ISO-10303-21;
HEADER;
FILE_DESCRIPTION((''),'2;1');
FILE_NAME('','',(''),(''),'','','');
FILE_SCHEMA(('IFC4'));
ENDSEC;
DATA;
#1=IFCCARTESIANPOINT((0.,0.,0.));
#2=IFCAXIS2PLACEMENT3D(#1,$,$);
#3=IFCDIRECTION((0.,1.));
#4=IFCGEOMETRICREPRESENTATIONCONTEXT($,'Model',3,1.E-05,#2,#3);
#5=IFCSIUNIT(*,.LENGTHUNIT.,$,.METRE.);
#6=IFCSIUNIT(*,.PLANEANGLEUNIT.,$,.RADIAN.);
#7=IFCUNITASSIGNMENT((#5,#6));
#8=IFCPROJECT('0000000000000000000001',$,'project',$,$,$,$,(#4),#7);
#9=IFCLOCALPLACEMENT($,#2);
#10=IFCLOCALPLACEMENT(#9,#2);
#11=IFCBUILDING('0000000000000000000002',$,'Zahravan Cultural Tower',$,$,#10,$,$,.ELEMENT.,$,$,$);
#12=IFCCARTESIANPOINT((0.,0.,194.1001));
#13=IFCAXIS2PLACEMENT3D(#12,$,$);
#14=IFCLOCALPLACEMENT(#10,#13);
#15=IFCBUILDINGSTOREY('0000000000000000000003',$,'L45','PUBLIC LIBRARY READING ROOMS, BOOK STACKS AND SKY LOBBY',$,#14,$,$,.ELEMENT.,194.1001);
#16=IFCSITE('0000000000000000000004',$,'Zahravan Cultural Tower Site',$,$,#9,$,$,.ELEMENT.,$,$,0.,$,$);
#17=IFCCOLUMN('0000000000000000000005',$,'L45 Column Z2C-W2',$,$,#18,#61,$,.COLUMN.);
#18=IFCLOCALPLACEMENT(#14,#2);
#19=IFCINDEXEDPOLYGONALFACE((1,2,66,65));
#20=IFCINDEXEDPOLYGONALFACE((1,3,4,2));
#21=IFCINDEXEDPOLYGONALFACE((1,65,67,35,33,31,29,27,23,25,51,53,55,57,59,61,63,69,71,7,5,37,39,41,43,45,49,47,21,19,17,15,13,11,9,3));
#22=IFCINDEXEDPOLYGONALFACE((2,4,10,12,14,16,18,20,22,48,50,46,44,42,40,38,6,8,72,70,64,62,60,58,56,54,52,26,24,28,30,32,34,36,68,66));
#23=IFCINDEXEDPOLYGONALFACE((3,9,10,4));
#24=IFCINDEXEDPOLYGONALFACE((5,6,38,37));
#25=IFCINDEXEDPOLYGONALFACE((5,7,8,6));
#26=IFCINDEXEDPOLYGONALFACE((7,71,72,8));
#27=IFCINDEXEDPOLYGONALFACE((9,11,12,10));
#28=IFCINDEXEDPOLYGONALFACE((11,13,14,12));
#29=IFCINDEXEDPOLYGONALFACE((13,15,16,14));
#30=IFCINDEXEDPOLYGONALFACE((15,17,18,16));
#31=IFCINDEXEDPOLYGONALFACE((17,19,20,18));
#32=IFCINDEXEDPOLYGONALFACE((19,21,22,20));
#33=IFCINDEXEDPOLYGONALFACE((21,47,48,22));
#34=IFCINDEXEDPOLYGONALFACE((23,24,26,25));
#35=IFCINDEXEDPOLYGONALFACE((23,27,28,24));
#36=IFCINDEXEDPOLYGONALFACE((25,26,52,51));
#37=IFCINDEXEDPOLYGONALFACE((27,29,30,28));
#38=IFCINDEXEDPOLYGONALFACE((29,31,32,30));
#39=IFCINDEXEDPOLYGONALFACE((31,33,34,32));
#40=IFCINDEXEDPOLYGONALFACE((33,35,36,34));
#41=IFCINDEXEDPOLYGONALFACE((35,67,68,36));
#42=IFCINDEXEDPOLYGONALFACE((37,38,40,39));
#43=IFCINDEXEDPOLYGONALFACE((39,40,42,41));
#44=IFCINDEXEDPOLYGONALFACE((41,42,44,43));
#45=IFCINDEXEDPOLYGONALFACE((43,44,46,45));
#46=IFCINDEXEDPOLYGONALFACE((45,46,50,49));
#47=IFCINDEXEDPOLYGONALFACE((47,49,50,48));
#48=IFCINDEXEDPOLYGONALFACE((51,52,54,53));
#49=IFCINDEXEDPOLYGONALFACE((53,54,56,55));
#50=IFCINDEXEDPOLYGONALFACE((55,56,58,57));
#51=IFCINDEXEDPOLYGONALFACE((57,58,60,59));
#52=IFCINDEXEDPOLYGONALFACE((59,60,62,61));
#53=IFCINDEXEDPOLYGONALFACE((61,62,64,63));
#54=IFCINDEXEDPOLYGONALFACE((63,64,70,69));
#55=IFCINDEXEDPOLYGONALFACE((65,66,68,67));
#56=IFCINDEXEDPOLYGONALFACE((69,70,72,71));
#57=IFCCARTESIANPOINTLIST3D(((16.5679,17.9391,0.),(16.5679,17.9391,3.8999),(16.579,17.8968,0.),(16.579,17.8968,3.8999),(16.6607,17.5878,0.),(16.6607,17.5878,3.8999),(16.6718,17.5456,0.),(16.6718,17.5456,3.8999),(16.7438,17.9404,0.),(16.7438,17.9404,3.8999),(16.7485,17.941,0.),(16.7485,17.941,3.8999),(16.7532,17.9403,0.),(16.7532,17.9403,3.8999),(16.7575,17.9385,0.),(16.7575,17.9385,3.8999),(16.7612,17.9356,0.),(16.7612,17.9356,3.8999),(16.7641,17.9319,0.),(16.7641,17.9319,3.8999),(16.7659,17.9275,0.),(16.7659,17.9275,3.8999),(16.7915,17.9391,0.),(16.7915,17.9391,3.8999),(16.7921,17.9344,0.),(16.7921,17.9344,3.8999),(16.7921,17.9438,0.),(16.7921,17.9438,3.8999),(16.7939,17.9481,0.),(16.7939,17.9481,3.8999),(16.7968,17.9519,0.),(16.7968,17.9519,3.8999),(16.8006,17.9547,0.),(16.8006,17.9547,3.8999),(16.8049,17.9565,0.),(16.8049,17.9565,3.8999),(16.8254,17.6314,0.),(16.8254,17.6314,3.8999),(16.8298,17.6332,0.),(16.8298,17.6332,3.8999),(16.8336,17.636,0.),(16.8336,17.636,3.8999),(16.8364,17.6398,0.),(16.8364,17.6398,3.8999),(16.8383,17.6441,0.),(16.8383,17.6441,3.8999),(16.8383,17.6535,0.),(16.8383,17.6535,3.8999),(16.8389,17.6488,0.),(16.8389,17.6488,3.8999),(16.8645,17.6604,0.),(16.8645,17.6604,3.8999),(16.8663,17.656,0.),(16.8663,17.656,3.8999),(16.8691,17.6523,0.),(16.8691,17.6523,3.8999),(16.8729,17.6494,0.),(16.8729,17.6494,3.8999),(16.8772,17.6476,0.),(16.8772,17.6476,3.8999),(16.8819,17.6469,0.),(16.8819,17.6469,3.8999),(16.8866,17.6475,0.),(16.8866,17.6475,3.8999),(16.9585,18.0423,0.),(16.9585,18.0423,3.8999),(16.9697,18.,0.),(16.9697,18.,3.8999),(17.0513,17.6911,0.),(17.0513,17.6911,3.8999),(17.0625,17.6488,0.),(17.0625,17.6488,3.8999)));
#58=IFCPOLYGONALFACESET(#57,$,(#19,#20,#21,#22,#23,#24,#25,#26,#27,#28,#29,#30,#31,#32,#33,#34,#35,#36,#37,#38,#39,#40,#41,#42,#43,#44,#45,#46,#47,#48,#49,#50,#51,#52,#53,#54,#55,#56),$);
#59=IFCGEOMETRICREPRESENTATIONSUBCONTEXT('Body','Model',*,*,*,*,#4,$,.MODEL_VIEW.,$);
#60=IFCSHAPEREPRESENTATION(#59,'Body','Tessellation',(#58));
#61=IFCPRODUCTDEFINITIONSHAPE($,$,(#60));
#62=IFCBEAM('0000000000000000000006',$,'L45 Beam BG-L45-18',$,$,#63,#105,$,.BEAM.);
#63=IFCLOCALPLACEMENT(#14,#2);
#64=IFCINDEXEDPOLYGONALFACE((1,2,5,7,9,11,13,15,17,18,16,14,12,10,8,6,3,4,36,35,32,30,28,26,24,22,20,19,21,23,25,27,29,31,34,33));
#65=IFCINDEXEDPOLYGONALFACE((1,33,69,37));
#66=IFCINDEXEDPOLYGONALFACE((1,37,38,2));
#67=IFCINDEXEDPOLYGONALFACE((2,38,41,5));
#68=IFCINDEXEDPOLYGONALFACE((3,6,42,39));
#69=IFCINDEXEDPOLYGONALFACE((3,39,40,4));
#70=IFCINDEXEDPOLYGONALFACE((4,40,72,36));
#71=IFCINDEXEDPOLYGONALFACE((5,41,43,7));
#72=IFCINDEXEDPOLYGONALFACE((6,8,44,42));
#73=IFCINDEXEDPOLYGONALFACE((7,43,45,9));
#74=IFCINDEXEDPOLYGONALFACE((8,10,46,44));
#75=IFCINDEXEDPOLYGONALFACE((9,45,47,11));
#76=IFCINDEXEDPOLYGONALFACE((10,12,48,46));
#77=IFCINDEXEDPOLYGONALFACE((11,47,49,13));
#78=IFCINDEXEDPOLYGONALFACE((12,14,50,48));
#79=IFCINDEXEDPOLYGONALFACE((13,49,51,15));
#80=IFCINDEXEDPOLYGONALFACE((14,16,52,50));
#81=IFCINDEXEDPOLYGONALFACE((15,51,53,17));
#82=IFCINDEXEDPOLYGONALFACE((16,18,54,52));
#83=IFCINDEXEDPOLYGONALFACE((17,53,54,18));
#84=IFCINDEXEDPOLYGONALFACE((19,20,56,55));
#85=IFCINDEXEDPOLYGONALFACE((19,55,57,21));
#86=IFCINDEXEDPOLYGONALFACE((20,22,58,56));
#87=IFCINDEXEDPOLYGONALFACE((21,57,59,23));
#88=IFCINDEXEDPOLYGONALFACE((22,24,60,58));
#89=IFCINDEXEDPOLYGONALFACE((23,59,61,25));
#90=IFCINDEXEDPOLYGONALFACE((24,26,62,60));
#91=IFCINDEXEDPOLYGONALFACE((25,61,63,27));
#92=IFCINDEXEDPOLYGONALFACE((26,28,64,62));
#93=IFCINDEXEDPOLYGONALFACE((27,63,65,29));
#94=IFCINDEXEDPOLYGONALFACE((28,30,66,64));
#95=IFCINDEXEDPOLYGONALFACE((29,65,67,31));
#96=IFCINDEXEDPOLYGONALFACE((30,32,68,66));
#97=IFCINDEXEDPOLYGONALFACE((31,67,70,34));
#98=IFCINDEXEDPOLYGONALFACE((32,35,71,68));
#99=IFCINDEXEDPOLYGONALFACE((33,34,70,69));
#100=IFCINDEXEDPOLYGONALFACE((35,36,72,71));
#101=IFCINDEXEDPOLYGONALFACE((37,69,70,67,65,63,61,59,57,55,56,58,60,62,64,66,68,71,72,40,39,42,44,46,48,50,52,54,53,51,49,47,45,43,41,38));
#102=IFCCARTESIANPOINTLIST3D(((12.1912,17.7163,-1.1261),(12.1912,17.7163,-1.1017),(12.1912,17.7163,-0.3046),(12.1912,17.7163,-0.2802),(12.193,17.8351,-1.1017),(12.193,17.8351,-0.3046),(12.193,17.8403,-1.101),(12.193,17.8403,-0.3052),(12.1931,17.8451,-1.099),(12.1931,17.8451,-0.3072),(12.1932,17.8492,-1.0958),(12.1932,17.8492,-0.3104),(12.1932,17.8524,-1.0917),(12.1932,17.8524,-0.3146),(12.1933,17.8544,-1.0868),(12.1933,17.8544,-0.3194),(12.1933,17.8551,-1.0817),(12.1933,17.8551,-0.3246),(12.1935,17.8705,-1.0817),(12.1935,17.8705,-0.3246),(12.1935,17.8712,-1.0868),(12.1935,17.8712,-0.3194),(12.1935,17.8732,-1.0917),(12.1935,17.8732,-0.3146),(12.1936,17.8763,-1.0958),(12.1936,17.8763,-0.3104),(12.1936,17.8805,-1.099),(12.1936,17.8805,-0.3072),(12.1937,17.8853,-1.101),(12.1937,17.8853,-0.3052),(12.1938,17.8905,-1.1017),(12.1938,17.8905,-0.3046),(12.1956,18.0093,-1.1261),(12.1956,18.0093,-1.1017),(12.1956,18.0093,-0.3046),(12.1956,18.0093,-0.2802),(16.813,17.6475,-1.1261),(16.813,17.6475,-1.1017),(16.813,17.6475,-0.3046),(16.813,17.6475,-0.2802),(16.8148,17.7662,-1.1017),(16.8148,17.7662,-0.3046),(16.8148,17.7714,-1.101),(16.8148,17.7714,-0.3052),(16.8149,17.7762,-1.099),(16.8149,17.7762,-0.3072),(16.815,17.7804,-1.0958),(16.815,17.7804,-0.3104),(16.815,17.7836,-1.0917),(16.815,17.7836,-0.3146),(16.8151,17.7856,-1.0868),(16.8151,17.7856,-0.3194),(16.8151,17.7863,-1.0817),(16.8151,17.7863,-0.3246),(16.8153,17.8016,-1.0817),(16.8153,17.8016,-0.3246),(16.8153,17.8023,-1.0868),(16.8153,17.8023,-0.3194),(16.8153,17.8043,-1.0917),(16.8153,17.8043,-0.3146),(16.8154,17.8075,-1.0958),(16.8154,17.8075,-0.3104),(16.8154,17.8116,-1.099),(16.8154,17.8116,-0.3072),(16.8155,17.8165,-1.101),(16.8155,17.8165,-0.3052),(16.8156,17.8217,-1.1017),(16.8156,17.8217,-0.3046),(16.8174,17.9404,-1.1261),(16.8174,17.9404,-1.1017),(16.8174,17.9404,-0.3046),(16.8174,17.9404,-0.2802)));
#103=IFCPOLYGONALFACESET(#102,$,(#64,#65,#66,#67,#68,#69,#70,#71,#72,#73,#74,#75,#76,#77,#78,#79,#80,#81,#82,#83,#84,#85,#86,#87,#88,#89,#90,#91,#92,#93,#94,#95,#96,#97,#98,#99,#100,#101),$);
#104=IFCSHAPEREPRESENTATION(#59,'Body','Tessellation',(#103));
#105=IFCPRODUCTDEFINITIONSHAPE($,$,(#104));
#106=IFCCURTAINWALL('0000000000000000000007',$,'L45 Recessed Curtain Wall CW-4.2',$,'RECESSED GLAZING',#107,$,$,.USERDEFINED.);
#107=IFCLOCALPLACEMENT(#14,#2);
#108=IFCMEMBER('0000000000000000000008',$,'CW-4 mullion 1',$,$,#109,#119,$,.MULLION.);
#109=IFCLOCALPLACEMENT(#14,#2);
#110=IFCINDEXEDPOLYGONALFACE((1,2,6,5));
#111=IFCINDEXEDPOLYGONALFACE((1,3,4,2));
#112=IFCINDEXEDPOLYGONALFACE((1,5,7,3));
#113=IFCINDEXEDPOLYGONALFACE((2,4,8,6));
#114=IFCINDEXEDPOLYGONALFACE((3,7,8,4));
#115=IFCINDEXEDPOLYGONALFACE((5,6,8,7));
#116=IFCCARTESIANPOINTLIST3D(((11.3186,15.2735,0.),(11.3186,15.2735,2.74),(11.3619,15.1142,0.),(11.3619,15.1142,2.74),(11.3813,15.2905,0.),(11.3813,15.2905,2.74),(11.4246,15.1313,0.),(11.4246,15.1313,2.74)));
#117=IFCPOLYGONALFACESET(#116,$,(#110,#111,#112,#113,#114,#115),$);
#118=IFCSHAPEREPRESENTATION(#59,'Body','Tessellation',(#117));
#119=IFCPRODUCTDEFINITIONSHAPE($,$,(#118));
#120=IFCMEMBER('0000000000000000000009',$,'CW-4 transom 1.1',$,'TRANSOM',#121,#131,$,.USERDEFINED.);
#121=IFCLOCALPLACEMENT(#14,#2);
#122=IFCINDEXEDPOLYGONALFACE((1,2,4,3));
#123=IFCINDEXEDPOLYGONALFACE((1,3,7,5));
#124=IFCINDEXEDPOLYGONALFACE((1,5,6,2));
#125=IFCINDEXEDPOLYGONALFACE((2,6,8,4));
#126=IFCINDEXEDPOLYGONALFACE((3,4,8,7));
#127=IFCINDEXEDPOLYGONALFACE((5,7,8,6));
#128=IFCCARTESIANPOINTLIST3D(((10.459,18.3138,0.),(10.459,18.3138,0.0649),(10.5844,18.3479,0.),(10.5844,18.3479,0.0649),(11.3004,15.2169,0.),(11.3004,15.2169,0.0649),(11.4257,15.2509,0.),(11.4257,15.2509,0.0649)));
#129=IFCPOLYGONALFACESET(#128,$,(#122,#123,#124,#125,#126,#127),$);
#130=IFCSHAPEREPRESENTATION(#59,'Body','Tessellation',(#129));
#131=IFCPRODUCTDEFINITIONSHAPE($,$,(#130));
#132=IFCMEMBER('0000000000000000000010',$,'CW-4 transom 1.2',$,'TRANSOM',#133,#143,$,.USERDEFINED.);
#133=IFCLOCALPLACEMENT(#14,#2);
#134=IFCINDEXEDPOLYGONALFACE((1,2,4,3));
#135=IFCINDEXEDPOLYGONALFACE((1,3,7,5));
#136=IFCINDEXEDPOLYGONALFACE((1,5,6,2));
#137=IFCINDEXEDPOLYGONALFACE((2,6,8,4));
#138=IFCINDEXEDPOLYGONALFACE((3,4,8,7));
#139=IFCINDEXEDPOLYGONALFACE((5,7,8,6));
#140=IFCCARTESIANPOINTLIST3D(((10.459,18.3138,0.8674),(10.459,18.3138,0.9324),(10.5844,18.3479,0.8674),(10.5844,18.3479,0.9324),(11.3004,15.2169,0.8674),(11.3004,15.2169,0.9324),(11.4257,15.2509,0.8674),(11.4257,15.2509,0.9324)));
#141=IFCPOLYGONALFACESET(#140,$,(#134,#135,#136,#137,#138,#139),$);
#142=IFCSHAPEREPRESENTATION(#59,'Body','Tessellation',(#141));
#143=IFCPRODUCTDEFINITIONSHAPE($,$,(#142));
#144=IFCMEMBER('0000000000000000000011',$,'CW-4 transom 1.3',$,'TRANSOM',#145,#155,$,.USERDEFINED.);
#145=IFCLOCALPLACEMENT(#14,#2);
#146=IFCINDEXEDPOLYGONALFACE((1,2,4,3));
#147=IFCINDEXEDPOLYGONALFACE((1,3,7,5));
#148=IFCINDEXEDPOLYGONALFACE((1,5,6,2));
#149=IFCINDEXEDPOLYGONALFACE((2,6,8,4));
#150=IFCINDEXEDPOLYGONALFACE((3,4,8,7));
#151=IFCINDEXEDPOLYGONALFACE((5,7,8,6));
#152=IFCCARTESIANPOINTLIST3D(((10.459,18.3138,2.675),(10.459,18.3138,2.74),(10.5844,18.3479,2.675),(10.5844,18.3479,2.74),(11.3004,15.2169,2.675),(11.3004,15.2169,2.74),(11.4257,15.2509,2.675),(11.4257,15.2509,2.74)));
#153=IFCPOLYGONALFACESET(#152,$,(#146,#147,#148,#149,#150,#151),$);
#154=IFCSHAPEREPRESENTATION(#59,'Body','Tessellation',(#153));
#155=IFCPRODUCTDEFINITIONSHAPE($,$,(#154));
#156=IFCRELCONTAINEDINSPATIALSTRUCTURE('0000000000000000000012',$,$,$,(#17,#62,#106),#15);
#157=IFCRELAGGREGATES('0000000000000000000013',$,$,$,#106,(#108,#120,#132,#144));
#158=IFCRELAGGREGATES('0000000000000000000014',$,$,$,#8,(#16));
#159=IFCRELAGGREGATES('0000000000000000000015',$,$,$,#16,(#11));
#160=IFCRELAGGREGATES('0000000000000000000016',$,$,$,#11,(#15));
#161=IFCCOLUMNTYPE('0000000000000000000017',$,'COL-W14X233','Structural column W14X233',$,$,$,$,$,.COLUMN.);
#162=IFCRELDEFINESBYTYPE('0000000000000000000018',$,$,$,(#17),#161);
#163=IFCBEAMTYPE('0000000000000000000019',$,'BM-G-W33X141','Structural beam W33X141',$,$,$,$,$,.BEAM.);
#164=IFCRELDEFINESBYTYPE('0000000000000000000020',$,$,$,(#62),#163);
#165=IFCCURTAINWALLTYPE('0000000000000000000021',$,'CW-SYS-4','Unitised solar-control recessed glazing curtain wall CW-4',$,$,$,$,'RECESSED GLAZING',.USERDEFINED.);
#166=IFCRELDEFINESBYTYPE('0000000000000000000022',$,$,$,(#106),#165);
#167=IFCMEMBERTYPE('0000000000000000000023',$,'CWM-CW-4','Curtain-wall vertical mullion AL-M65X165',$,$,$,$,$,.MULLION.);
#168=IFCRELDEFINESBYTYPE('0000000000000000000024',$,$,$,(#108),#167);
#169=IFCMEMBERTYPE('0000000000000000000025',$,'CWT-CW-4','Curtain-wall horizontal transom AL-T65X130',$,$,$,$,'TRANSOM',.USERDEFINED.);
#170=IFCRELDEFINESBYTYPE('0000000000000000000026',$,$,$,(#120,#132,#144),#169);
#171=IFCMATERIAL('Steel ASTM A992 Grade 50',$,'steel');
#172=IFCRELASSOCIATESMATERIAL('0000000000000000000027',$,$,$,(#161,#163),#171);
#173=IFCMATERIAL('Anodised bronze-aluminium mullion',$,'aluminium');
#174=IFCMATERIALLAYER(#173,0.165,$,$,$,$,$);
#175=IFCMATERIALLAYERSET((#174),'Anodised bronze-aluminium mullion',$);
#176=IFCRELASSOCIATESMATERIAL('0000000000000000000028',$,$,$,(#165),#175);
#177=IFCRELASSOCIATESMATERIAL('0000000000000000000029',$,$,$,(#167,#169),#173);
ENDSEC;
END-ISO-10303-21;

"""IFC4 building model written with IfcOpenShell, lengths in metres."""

from ifc_helpers import new_model, si_unit, direction, frame, origin, origin_2d, place, context, subcontext, project, spatial, rectangle, i_section, extrude, source, transform, mapped, material, layer, layer_set, material_profile, profile_set, type_object, element, aggregate, save


model = new_model("IFC4")

# Units and contexts
model_context = context("Model", 3, precision=1e-05, world=origin(), true_north=direction((0.0, 1.0)))
body_context = subcontext(model_context, "Body", "Model", "MODEL_VIEW")
ifc_project = project(units=[si_unit("LENGTHUNIT", "METRE"), si_unit("PLANEANGLEUNIT", "RADIAN")], contexts=[model_context])

# Site, building, storey
site_placement = place(None, origin())
site = spatial("IfcSite", under=ifc_project, at=site_placement, Name="Zahravan Cultural Tower Site", CompositionType="ELEMENT", RefElevation=0.0)
building_placement = place(site_placement, origin())
building = spatial("IfcBuilding", under=site, at=building_placement, Name="Zahravan Cultural Tower", CompositionType="ELEMENT")
storey_placement = place(building_placement, frame((0.0, 0.0, 194.1001)))
storey = spatial("IfcBuildingStorey", under=building, at=storey_placement, Name="L45", Description="PUBLIC LIBRARY READING ROOMS, BOOK STACKS AND SKY LOBBY", CompositionType="ELEMENT", Elevation=194.1001)

# Column
ifc_material_1 = material(Name="Steel ASTM A992 Grade 50", Category="steel")
ifc_material_profile_1 = material_profile(ifc_material_1, i_section(OverallWidth=0.4041, OverallDepth=0.407, WebThickness=0.0271, FlangeThickness=0.0437, FilletRadius=0.0181, at=origin_2d()), Name="W14X233")
ifc_profile_set_1 = profile_set([ifc_material_profile_1], Name="Steel ASTM A992 Grade 50")
column_type = type_object("IfcColumnType", Name="COL-W14X233", Description="Structural column W14X233", PredefinedType="COLUMN", material=ifc_profile_set_1)
shared_shape_1 = source(origin(), body_context, "Body", "SweptSolid", [
    extrude(i_section(OverallWidth=0.4041, OverallDepth=0.407, WebThickness=0.0271, FlangeThickness=0.0437, FilletRadius=0.0181, at=origin_2d()), origin(), (0.0, 0.0, 1.0), 3.8999),
])
column_placement = place(storey_placement, frame((16.8152, 17.7939, 0.0), z_axis=(0.0, 0.0, 1.0), x_axis=(0.966823, 0.255446, 0.0)))
element("IfcColumn", 1, at=column_placement, inside=storey, type_object=column_type, Name="L45 Column Z2C-W2", PredefinedType="COLUMN", context=body_context, shape_type="MappedRepresentation", body=[
    mapped(shared_shape_1, transform((0.0, 0.0, 0.0), x_axis=(1.0, 0.0, 0.0), y_axis=(0.0, 1.0, 0.0), z_axis=(0.0, 0.0, 1.0), scale=1.0)),
])

# Beam
ifc_material_profile_2 = material_profile(ifc_material_1, i_section(OverallWidth=0.293, OverallDepth=0.8459, WebThickness=0.0154, FlangeThickness=0.0244, FilletRadius=0.02, at=origin_2d()), Name="W33X141")
ifc_profile_set_2 = profile_set([ifc_material_profile_2], Name="Steel ASTM A992 Grade 50")
beam_type = type_object("IfcBeamType", Name="BM-G-W33X141", Description="Structural beam W33X141", PredefinedType="BEAM", material=ifc_profile_set_2)
shared_shape_2 = source(origin(), body_context, "Body", "SweptSolid", [
    extrude(i_section(OverallWidth=0.293, OverallDepth=0.8459, WebThickness=0.0154, FlangeThickness=0.0244, FilletRadius=0.02, at=origin_2d()), origin(), (0.0, 0.0, 1.0), 4.6223),
])
beam_placement = place(storey_placement, frame((16.8152, 17.7939, -0.7031), z_axis=(-0.999889, 0.014895, 0.0), x_axis=(-0.014895, -0.999889, 0.0)))
element("IfcBeam", 2, at=beam_placement, inside=storey, type_object=beam_type, Name="L45 Beam BG-L45-18", PredefinedType="BEAM", context=body_context, shape_type="MappedRepresentation", body=[
    mapped(shared_shape_2, transform((0.0, 0.0, 0.0), x_axis=(1.0, 0.0, 0.0), y_axis=(0.0, 1.0, 0.0), z_axis=(0.0, 0.0, 1.0), scale=1.0)),
])

# Curtain wall, members
ifc_material_2 = material(Name="Anodised bronze-aluminium mullion", Category="aluminium")
ifc_layer_1 = layer(ifc_material_2, 0.165)
ifc_layer_set_1 = layer_set([ifc_layer_1], Name="Anodised bronze-aluminium mullion")
curtain_wall_type = type_object("IfcCurtainWallType", Name="CW-SYS-4", Description="Unitised solar-control recessed glazing curtain wall CW-4", ElementType="RECESSED GLAZING", PredefinedType="USERDEFINED", material=ifc_layer_set_1)
curtain_wall_placement = place(storey_placement, origin())
curtain_wall = element("IfcCurtainWall", 3, at=curtain_wall_placement, inside=storey, type_object=curtain_wall_type, Name="L45 Recessed Curtain Wall CW-4.2", ObjectType="RECESSED GLAZING", PredefinedType="USERDEFINED")
ifc_material_profile_3 = material_profile(ifc_material_2, rectangle(XDim=0.0649, YDim=0.165, at=origin_2d()), Name="AL-M65X165")
ifc_profile_set_3 = profile_set([ifc_material_profile_3], Name="Anodised bronze-aluminium mullion")
member_type_1 = type_object("IfcMemberType", Name="CWM-CW-4", Description="Curtain-wall vertical mullion AL-M65X165", PredefinedType="MULLION", material=ifc_profile_set_3)
shared_shape_3 = source(origin(), body_context, "Body", "SweptSolid", [
    extrude(rectangle(XDim=0.0649, YDim=0.165, at=origin_2d()), origin(), (0.0, 0.0, 1.0), 2.74),
])
member_1_placement = place(storey_placement, frame((11.3716, 15.2024, 0.0), z_axis=(0.0, 0.0, 1.0), x_axis=(-0.965017, -0.262187, 0.0)))
member_1 = element("IfcMember", 4, at=member_1_placement, type_object=member_type_1, Name="CW-4 mullion 1", PredefinedType="MULLION", context=body_context, shape_type="MappedRepresentation", body=[
    mapped(shared_shape_3, transform((0.0, 0.0, 0.0), x_axis=(1.0, 0.0, 0.0), y_axis=(0.0, 1.0, 0.0), z_axis=(0.0, 0.0, 1.0), scale=1.0)),
])
ifc_material_profile_4 = material_profile(ifc_material_2, rectangle(XDim=0.1299, YDim=0.0649, at=origin_2d()), Name="AL-T65X130")
ifc_profile_set_4 = profile_set([ifc_material_profile_4], Name="Anodised bronze-aluminium mullion")
member_type_2 = type_object("IfcMemberType", Name="CWT-CW-4", Description="Curtain-wall horizontal transom AL-T65X130", ElementType="TRANSOM", PredefinedType="USERDEFINED", material=ifc_profile_set_4)
shared_shape_4 = source(origin(), body_context, "Body", "SweptSolid", [
    extrude(rectangle(XDim=0.1299, YDim=0.0649, at=origin_2d()), origin(), (0.0, 0.0, 1.0), 3.2092),
])
member_2_placement = place(storey_placement, frame((11.363, 15.2339, 0.0325), z_axis=(-0.262158, 0.965025, 0.0), x_axis=(-0.965025, -0.262158, 0.0)))
member_2 = element("IfcMember", 5, at=member_2_placement, type_object=member_type_2, Name="CW-4 transom 1.1", ObjectType="TRANSOM", PredefinedType="USERDEFINED", context=body_context, shape_type="MappedRepresentation", body=[
    mapped(shared_shape_4, transform((0.0, 0.0, 0.0), x_axis=(1.0, 0.0, 0.0), y_axis=(0.0, 1.0, 0.0), z_axis=(0.0, 0.0, 1.0), scale=1.0)),
])
member_3_placement = place(storey_placement, frame((11.363, 15.2339, 0.8999), z_axis=(-0.262158, 0.965025, 0.0), x_axis=(-0.965025, -0.262158, 0.0)))
member_3 = element("IfcMember", 6, at=member_3_placement, type_object=member_type_2, Name="CW-4 transom 1.2", ObjectType="TRANSOM", PredefinedType="USERDEFINED", context=body_context, shape_type="MappedRepresentation", body=[
    mapped(shared_shape_4, transform((0.0, 0.0, 0.0), x_axis=(1.0, 0.0, 0.0), y_axis=(0.0, 1.0, 0.0), z_axis=(0.0, 0.0, 1.0), scale=1.0)),
])
member_4_placement = place(storey_placement, frame((11.363, 15.2339, 2.7075), z_axis=(-0.262158, 0.965025, 0.0), x_axis=(-0.965025, -0.262158, 0.0)))
member_4 = element("IfcMember", 7, at=member_4_placement, type_object=member_type_2, Name="CW-4 transom 1.3", ObjectType="TRANSOM", PredefinedType="USERDEFINED", context=body_context, shape_type="MappedRepresentation", body=[
    mapped(shared_shape_4, transform((0.0, 0.0, 0.0), x_axis=(1.0, 0.0, 0.0), y_axis=(0.0, 1.0, 0.0), z_axis=(0.0, 0.0, 1.0), scale=1.0)),
])

aggregate(curtain_wall, [member_1, member_2, member_3, member_4])

save(model, "model.ifc")
